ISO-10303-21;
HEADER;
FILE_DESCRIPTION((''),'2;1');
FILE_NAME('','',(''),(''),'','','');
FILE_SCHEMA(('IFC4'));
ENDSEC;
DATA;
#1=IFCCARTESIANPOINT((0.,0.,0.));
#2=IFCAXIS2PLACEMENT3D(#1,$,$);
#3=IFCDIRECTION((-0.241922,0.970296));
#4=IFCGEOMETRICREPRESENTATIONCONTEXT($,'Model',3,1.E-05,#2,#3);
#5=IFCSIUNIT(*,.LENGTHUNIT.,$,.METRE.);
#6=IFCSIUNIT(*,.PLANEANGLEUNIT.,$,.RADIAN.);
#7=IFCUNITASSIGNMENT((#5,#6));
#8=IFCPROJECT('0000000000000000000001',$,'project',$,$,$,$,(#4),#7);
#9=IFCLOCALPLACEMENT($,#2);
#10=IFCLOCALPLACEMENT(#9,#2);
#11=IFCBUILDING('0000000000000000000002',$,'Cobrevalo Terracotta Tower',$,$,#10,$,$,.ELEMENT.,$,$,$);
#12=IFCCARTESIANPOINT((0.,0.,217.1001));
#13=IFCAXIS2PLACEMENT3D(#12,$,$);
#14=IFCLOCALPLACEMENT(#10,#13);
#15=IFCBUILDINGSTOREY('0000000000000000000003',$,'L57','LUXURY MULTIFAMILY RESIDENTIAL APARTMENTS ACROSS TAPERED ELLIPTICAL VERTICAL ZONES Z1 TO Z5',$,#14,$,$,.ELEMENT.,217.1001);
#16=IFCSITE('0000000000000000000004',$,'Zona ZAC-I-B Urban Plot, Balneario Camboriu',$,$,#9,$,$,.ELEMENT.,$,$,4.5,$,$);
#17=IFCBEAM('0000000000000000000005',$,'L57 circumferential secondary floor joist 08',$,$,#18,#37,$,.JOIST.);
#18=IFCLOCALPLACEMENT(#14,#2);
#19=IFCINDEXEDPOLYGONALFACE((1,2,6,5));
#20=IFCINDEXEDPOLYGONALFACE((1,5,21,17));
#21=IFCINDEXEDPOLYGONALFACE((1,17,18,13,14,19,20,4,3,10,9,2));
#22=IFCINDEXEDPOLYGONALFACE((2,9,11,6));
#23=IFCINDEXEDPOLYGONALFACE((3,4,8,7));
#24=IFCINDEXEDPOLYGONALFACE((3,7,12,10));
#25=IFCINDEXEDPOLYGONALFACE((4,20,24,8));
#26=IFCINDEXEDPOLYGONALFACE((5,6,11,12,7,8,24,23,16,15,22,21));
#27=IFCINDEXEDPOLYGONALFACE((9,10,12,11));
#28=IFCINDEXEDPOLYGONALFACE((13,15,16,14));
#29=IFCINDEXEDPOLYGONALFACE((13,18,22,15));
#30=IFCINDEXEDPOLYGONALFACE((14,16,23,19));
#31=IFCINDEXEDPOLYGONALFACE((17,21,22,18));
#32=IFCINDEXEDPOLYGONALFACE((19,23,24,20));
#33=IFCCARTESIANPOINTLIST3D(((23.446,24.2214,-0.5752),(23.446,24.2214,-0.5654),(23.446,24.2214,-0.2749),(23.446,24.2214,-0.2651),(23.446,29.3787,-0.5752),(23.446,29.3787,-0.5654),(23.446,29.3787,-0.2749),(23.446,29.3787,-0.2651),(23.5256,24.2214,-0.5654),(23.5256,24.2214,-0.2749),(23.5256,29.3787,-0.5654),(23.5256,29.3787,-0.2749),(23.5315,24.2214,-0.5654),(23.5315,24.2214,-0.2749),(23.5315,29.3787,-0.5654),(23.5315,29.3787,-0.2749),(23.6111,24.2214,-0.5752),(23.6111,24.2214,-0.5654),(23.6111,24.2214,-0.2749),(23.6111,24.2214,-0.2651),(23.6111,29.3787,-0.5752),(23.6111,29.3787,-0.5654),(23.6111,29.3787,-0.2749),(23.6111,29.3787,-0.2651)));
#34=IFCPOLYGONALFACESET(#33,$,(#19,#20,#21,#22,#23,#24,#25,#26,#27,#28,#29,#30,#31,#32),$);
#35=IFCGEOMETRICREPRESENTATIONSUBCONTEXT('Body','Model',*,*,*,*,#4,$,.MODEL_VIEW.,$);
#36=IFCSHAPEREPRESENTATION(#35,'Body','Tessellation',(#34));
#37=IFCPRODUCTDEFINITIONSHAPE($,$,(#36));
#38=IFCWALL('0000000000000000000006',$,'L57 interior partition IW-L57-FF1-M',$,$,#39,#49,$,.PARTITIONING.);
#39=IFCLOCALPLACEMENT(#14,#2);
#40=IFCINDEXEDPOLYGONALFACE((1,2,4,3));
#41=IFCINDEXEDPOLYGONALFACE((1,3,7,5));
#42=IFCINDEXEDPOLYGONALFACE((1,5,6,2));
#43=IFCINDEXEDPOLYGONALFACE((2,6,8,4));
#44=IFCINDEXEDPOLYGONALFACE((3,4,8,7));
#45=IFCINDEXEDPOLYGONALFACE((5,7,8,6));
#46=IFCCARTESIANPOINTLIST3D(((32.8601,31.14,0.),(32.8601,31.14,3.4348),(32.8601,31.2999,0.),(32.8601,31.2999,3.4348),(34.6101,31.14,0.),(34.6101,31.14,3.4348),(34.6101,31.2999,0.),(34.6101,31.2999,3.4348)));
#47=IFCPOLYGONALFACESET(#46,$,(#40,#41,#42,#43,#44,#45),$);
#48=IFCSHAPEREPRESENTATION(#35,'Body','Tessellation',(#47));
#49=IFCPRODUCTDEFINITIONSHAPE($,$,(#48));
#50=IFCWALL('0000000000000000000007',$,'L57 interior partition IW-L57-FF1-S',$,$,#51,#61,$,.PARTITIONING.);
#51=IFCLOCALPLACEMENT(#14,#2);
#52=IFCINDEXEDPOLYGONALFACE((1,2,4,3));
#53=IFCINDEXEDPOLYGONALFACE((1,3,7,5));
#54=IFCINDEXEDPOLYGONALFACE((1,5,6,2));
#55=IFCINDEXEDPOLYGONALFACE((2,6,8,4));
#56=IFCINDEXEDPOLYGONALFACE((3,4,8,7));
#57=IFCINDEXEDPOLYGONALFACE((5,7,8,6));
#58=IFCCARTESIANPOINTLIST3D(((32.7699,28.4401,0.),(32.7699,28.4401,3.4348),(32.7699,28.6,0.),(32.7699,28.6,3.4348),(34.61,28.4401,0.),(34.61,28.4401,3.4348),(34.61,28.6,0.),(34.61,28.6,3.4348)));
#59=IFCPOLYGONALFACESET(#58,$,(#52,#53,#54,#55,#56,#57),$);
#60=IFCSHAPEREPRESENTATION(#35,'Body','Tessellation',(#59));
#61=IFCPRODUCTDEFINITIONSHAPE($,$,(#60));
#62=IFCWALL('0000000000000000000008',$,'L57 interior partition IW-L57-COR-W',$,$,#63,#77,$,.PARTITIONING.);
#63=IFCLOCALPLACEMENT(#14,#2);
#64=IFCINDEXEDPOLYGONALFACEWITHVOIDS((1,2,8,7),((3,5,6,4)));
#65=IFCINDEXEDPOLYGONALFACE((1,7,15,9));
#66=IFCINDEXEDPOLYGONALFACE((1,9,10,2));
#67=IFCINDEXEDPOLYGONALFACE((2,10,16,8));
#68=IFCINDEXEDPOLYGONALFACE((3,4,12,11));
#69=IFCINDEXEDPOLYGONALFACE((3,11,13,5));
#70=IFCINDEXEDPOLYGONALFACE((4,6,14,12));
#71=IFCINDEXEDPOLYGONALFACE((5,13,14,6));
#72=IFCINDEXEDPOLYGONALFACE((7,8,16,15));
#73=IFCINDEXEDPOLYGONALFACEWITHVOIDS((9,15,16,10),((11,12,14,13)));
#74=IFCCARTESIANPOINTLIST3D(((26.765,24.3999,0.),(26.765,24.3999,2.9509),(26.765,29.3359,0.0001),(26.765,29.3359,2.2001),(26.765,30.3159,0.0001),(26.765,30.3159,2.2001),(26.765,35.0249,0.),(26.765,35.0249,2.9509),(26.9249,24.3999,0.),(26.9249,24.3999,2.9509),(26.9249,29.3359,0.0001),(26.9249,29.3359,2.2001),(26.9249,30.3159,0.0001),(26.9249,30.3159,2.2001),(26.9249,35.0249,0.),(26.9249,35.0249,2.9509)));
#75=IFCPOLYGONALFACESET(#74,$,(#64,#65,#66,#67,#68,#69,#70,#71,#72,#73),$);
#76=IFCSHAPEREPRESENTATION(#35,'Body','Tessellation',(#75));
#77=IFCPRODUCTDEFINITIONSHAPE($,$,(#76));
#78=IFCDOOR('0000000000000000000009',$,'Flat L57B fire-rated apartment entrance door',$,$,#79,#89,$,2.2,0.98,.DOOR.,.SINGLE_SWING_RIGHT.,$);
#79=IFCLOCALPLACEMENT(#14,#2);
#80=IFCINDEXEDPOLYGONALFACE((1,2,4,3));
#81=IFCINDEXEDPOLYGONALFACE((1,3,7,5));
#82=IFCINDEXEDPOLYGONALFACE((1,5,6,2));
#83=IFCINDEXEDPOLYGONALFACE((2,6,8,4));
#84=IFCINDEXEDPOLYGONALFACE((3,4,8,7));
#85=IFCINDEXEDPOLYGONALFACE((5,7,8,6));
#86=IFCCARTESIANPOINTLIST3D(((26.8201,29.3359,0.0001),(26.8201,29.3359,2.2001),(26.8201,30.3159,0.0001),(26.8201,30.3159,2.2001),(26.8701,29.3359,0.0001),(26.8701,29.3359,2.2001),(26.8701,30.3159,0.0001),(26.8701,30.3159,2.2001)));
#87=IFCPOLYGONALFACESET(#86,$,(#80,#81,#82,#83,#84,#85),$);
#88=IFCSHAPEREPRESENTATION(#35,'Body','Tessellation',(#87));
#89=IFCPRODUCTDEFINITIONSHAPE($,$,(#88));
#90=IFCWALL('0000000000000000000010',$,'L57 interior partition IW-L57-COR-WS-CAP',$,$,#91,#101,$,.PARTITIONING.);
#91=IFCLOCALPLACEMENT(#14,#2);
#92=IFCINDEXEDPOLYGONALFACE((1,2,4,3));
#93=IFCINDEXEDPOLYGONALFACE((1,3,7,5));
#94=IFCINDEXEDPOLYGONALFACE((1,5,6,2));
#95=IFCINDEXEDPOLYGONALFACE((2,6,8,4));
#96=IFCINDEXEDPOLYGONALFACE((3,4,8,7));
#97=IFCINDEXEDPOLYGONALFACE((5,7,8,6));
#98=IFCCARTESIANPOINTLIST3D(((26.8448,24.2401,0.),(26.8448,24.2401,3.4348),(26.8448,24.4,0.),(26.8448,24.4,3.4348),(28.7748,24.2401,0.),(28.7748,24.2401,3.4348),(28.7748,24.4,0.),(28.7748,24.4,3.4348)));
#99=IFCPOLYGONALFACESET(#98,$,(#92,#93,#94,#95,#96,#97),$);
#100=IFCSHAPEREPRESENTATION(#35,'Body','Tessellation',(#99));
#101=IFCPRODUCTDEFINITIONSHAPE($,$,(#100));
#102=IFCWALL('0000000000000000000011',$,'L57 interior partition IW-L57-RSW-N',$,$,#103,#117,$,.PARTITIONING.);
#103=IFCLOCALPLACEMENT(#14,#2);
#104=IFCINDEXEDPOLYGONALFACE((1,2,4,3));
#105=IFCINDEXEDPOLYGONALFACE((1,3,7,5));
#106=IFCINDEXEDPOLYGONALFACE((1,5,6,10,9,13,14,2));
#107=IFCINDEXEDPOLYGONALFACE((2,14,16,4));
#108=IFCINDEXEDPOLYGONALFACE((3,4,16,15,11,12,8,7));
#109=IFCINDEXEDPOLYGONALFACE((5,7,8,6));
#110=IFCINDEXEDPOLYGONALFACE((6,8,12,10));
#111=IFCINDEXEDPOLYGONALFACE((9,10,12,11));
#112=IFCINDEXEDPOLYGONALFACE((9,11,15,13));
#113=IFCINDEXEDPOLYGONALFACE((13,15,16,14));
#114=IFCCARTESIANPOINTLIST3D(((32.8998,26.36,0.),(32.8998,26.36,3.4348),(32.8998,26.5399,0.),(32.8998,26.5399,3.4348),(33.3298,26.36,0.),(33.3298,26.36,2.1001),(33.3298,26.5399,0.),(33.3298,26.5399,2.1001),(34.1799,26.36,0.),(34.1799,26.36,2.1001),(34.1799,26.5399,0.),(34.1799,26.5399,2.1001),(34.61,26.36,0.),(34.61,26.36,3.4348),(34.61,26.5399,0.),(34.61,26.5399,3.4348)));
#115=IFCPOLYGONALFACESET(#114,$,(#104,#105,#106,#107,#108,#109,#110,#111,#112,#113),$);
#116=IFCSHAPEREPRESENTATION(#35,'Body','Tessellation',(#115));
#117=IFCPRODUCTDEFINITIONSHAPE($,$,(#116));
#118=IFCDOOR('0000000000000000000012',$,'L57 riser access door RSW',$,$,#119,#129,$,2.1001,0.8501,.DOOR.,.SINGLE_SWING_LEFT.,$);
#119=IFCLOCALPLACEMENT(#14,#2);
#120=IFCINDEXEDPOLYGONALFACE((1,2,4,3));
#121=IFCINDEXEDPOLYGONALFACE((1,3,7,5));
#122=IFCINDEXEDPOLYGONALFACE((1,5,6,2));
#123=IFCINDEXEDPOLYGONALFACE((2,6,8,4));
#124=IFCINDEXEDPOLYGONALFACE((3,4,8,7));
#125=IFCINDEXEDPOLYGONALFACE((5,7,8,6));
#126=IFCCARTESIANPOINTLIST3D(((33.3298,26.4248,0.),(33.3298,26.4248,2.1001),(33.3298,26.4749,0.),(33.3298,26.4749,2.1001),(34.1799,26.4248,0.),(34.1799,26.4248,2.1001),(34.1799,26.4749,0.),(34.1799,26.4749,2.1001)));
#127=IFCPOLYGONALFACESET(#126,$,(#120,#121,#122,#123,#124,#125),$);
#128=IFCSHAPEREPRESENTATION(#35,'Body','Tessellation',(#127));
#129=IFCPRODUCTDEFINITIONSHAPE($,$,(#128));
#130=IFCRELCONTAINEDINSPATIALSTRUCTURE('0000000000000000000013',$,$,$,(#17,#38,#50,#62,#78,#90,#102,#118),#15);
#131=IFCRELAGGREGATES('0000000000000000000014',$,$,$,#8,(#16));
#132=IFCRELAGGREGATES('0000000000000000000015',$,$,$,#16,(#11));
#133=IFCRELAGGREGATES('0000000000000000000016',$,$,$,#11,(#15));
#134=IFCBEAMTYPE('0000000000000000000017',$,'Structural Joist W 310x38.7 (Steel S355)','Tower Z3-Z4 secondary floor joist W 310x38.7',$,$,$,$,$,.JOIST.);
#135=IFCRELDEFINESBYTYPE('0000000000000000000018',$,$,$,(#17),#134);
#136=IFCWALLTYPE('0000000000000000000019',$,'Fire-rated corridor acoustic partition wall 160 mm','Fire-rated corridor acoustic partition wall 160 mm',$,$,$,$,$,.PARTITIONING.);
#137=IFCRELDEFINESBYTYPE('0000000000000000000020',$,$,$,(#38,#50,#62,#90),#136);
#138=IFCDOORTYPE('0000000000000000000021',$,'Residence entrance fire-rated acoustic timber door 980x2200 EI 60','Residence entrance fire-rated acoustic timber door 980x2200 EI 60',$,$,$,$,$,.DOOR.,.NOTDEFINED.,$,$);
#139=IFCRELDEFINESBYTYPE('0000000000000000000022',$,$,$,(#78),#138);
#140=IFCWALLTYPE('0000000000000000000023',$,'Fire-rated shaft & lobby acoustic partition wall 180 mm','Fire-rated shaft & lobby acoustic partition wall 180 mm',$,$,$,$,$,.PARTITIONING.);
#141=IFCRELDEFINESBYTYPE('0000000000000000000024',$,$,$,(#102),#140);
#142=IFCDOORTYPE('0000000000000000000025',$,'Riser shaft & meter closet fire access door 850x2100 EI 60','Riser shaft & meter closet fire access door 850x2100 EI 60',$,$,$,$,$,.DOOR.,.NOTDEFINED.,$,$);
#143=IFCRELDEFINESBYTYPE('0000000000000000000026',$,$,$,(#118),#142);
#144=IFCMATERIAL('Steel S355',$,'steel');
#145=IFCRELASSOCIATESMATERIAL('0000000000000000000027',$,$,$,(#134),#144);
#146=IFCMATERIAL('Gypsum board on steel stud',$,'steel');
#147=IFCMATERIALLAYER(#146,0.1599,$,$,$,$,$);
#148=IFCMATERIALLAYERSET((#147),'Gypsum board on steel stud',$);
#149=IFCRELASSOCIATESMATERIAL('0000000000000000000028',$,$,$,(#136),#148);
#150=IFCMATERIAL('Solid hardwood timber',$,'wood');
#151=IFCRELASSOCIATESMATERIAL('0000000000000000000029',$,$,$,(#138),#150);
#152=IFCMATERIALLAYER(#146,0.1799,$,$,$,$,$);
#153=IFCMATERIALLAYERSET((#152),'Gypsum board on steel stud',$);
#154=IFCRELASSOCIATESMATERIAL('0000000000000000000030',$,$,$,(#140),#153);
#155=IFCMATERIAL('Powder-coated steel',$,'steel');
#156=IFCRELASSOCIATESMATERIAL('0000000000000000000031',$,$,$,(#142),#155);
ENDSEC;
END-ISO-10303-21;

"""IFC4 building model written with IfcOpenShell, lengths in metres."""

from ifc_helpers import new_model, si_unit, direction, frame, frame_2d, origin, origin_2d, place, context, subcontext, project, spatial, rectangle, i_section, extrude, source, transform, mapped, material, layer, layer_set, material_profile, profile_set, type_object, element, fill, save


model = new_model("IFC4")

# Units and contexts
model_context = context("Model", 3, precision=1e-05, world=origin(), true_north=direction((-0.241922, 0.970296)))
body_context = subcontext(model_context, "Body", "Model", "MODEL_VIEW")
ifc_project = project(units=[si_unit("LENGTHUNIT", "METRE"), si_unit("PLANEANGLEUNIT", "RADIAN")], contexts=[model_context])

# Site, building, storey
site_placement = place(None, origin())
site = spatial("IfcSite", under=ifc_project, at=site_placement, Name="Zona ZAC-I-B Urban Plot, Balneario Camboriu", CompositionType="ELEMENT", RefElevation=4.5)
building_placement = place(site_placement, origin())
building = spatial("IfcBuilding", under=site, at=building_placement, Name="Cobrevalo Terracotta Tower", CompositionType="ELEMENT")
storey_placement = place(building_placement, frame((0.0, 0.0, 217.1001)))
storey = spatial("IfcBuildingStorey", under=building, at=storey_placement, Name="L57", Description="LUXURY MULTIFAMILY RESIDENTIAL APARTMENTS ACROSS TAPERED ELLIPTICAL VERTICAL ZONES Z1 TO Z5", CompositionType="ELEMENT", Elevation=217.1001)

# Beam
ifc_material_1 = material(Name="Steel S355", Category="steel")
ifc_material_profile = material_profile(ifc_material_1, i_section(OverallWidth=0.165, OverallDepth=0.3101, WebThickness=0.0059, FlangeThickness=0.0098, at=origin_2d()), Name="W 310x38.7")
ifc_profile_set = profile_set([ifc_material_profile], Name="Steel S355")
beam_type = type_object("IfcBeamType", Name="Structural Joist W 310x38.7 (Steel S355)", Description="Tower Z3-Z4 secondary floor joist W 310x38.7", PredefinedType="JOIST", material=ifc_profile_set)
beam_placement = place(storey_placement, frame((23.5286, 29.3787, -0.4202), z_axis=(0.0, -1.0, 0.0), x_axis=(1.0, 0.0, 0.0)))
element("IfcBeam", 1, at=beam_placement, inside=storey, type_object=beam_type, Name="L57 circumferential secondary floor joist 08", PredefinedType="JOIST", context=body_context, shape_type="SweptSolid", body=[
    extrude(i_section(OverallWidth=0.165, OverallDepth=0.3101, WebThickness=0.0059, FlangeThickness=0.0098, at=origin_2d()), origin(), (0.0, 0.0, 1.0), 5.1572),
])

# Walls
ifc_material_2 = material(Name="Gypsum board on steel stud", Category="steel")
ifc_layer_1 = layer(ifc_material_2, 0.1599)
ifc_layer_set_1 = layer_set([ifc_layer_1], Name="Gypsum board on steel stud")
wall_type_1 = type_object("IfcWallType", Name="Fire-rated corridor acoustic partition wall 160 mm", Description="Fire-rated corridor acoustic partition wall 160 mm", PredefinedType="PARTITIONING", material=ifc_layer_set_1)
wall_1_placement = place(storey_placement, frame((32.8601, 31.22, 0.0), z_axis=(0.0, 0.0, 1.0), x_axis=(1.0, 0.0, 0.0)))
element("IfcWall", 2, at=wall_1_placement, inside=storey, type_object=wall_type_1, Name="L57 interior partition IW-L57-FF1-M", PredefinedType="PARTITIONING", context=body_context, shape_type="SweptSolid", body=[
    extrude(rectangle(XDim=1.75, YDim=0.1599, at=frame_2d((0.875, 0.0))), origin(), (0.0, 0.0, 1.0), 3.4348),
])
wall_2_placement = place(storey_placement, frame((32.77, 28.52, 0.0), z_axis=(0.0, 0.0, 1.0), x_axis=(1.0, 0.0, 0.0)))
element("IfcWall", 3, at=wall_2_placement, inside=storey, type_object=wall_type_1, Name="L57 interior partition IW-L57-FF1-S", PredefinedType="PARTITIONING", context=body_context, shape_type="SweptSolid", body=[
    extrude(rectangle(XDim=1.8401, YDim=0.1599, at=frame_2d((0.9199, 0.0))), origin(), (0.0, 0.0, 1.0), 3.4348),
])

# Wall, opening, door
wall_3_placement = place(storey_placement, frame((26.845, 24.3999, 0.0), z_axis=(0.0, 0.0, 1.0), x_axis=(0.0, 1.0, 0.0)))
wall_3 = element("IfcWall", 4, at=wall_3_placement, inside=storey, type_object=wall_type_1, Name="L57 interior partition IW-L57-COR-W", PredefinedType="PARTITIONING", context=body_context, shape_type="SweptSolid", body=[
    extrude(rectangle(XDim=10.625, YDim=0.1599, at=frame_2d((5.3125, 0.0))), origin(), (0.0, 0.0, 1.0), 2.9509),
])
opening_1_placement = place(wall_3_placement, frame((4.936, 0.0, 0.0)))
opening_1 = element("IfcOpeningElement", 5, at=opening_1_placement, cuts=wall_3, PredefinedType="OPENING", context=body_context, shape_type="SweptSolid", body=[
    extrude(rectangle(XDim=0.98, YDim=2.2, at=frame_2d((0.49, 1.1001))), frame((0.0, 0.0898, 0.0), z_axis=(0.0, -1.0, 0.0), x_axis=(1.0, 0.0, 0.0)), (0.0, 0.0, 1.0), 0.1799),
])
ifc_material_3 = material(Name="Solid hardwood timber", Category="wood")
door_type_1 = type_object("IfcDoorType", Name="Residence entrance fire-rated acoustic timber door 980x2200 EI 60", Description="Residence entrance fire-rated acoustic timber door 980x2200 EI 60", OperationType="NOTDEFINED", PredefinedType="DOOR", material=ifc_material_3)
shared_shape_1 = source(origin(), body_context, "Body", "SweptSolid", [
    extrude(rectangle(XDim=0.98, YDim=2.2, at=frame_2d((0.49, 1.1001))), frame((0.0, 0.0249, 0.0), z_axis=(0.0, -1.0, 0.0), x_axis=(1.0, 0.0, 0.0)), (0.0, 0.0, 1.0), 0.05),
])
door_1_placement = place(opening_1_placement, origin())
door_1 = element("IfcDoor", 6, at=door_1_placement, inside=storey, type_object=door_type_1, Name="Flat L57B fire-rated apartment entrance door", OperationType="SINGLE_SWING_RIGHT", OverallHeight=2.2, OverallWidth=0.98, PredefinedType="DOOR", context=body_context, shape_type="MappedRepresentation", body=[
    mapped(shared_shape_1, transform((0.0, 0.0, 0.0), scale=1.0)),
])
fill(opening_1, door_1)

# Wall
wall_4_placement = place(storey_placement, frame((26.845, 24.3201, 0.0), z_axis=(0.0, 0.0, 1.0), x_axis=(1.0, 0.0, 0.0)))
element("IfcWall", 7, at=wall_4_placement, inside=storey, type_object=wall_type_1, Name="L57 interior partition IW-L57-COR-WS-CAP", PredefinedType="PARTITIONING", context=body_context, shape_type="SweptSolid", body=[
    extrude(rectangle(XDim=1.9299, YDim=0.1599, at=frame_2d((0.9648, 0.0))), origin(), (0.0, 0.0, 1.0), 3.4348),
])

# Wall, opening, door
ifc_layer_2 = layer(ifc_material_2, 0.1799)
ifc_layer_set_2 = layer_set([ifc_layer_2], Name="Gypsum board on steel stud")
wall_type_2 = type_object("IfcWallType", Name="Fire-rated shaft & lobby acoustic partition wall 180 mm", Description="Fire-rated shaft & lobby acoustic partition wall 180 mm", PredefinedType="PARTITIONING", material=ifc_layer_set_2)
wall_5_placement = place(storey_placement, frame((32.8999, 26.45, 0.0), z_axis=(0.0, 0.0, 1.0), x_axis=(1.0, 0.0, 0.0)))
wall_5 = element("IfcWall", 8, at=wall_5_placement, inside=storey, type_object=wall_type_2, Name="L57 interior partition IW-L57-RSW-N", PredefinedType="PARTITIONING", context=body_context, shape_type="SweptSolid", body=[
    extrude(rectangle(XDim=1.7102, YDim=0.1799, at=frame_2d((0.855, 0.0))), origin(), (0.0, 0.0, 1.0), 3.4348),
])
opening_2_placement = place(wall_5_placement, frame((0.4299, 0.0, 0.0)))
opening_2 = element("IfcOpeningElement", 9, at=opening_2_placement, cuts=wall_5, PredefinedType="OPENING", context=body_context, shape_type="SweptSolid", body=[
    extrude(rectangle(XDim=0.8501, YDim=2.1001, at=frame_2d((0.425, 1.05))), frame((0.0, 0.1001, 0.0), z_axis=(0.0, -1.0, 0.0), x_axis=(1.0, 0.0, 0.0)), (0.0, 0.0, 1.0), 0.2),
])
ifc_material_4 = material(Name="Powder-coated steel", Category="steel")
door_type_2 = type_object("IfcDoorType", Name="Riser shaft & meter closet fire access door 850x2100 EI 60", Description="Riser shaft & meter closet fire access door 850x2100 EI 60", OperationType="NOTDEFINED", PredefinedType="DOOR", material=ifc_material_4)
shared_shape_2 = source(origin(), body_context, "Body", "SweptSolid", [
    extrude(rectangle(XDim=0.8501, YDim=2.1001, at=frame_2d((0.425, 1.05))), frame((0.0, 0.0249, 0.0), z_axis=(0.0, -1.0, 0.0), x_axis=(1.0, 0.0, 0.0)), (0.0, 0.0, 1.0), 0.05),
])
door_2_placement = place(opening_2_placement, origin())
door_2 = element("IfcDoor", 10, at=door_2_placement, inside=storey, type_object=door_type_2, Name="L57 riser access door RSW", OperationType="SINGLE_SWING_LEFT", OverallHeight=2.1001, OverallWidth=0.8501, PredefinedType="DOOR", context=body_context, shape_type="MappedRepresentation", body=[
    mapped(shared_shape_2, transform((0.0, 0.0, 0.0), scale=1.0)),
])
fill(opening_2, door_2)

save(model, "model.ifc")
